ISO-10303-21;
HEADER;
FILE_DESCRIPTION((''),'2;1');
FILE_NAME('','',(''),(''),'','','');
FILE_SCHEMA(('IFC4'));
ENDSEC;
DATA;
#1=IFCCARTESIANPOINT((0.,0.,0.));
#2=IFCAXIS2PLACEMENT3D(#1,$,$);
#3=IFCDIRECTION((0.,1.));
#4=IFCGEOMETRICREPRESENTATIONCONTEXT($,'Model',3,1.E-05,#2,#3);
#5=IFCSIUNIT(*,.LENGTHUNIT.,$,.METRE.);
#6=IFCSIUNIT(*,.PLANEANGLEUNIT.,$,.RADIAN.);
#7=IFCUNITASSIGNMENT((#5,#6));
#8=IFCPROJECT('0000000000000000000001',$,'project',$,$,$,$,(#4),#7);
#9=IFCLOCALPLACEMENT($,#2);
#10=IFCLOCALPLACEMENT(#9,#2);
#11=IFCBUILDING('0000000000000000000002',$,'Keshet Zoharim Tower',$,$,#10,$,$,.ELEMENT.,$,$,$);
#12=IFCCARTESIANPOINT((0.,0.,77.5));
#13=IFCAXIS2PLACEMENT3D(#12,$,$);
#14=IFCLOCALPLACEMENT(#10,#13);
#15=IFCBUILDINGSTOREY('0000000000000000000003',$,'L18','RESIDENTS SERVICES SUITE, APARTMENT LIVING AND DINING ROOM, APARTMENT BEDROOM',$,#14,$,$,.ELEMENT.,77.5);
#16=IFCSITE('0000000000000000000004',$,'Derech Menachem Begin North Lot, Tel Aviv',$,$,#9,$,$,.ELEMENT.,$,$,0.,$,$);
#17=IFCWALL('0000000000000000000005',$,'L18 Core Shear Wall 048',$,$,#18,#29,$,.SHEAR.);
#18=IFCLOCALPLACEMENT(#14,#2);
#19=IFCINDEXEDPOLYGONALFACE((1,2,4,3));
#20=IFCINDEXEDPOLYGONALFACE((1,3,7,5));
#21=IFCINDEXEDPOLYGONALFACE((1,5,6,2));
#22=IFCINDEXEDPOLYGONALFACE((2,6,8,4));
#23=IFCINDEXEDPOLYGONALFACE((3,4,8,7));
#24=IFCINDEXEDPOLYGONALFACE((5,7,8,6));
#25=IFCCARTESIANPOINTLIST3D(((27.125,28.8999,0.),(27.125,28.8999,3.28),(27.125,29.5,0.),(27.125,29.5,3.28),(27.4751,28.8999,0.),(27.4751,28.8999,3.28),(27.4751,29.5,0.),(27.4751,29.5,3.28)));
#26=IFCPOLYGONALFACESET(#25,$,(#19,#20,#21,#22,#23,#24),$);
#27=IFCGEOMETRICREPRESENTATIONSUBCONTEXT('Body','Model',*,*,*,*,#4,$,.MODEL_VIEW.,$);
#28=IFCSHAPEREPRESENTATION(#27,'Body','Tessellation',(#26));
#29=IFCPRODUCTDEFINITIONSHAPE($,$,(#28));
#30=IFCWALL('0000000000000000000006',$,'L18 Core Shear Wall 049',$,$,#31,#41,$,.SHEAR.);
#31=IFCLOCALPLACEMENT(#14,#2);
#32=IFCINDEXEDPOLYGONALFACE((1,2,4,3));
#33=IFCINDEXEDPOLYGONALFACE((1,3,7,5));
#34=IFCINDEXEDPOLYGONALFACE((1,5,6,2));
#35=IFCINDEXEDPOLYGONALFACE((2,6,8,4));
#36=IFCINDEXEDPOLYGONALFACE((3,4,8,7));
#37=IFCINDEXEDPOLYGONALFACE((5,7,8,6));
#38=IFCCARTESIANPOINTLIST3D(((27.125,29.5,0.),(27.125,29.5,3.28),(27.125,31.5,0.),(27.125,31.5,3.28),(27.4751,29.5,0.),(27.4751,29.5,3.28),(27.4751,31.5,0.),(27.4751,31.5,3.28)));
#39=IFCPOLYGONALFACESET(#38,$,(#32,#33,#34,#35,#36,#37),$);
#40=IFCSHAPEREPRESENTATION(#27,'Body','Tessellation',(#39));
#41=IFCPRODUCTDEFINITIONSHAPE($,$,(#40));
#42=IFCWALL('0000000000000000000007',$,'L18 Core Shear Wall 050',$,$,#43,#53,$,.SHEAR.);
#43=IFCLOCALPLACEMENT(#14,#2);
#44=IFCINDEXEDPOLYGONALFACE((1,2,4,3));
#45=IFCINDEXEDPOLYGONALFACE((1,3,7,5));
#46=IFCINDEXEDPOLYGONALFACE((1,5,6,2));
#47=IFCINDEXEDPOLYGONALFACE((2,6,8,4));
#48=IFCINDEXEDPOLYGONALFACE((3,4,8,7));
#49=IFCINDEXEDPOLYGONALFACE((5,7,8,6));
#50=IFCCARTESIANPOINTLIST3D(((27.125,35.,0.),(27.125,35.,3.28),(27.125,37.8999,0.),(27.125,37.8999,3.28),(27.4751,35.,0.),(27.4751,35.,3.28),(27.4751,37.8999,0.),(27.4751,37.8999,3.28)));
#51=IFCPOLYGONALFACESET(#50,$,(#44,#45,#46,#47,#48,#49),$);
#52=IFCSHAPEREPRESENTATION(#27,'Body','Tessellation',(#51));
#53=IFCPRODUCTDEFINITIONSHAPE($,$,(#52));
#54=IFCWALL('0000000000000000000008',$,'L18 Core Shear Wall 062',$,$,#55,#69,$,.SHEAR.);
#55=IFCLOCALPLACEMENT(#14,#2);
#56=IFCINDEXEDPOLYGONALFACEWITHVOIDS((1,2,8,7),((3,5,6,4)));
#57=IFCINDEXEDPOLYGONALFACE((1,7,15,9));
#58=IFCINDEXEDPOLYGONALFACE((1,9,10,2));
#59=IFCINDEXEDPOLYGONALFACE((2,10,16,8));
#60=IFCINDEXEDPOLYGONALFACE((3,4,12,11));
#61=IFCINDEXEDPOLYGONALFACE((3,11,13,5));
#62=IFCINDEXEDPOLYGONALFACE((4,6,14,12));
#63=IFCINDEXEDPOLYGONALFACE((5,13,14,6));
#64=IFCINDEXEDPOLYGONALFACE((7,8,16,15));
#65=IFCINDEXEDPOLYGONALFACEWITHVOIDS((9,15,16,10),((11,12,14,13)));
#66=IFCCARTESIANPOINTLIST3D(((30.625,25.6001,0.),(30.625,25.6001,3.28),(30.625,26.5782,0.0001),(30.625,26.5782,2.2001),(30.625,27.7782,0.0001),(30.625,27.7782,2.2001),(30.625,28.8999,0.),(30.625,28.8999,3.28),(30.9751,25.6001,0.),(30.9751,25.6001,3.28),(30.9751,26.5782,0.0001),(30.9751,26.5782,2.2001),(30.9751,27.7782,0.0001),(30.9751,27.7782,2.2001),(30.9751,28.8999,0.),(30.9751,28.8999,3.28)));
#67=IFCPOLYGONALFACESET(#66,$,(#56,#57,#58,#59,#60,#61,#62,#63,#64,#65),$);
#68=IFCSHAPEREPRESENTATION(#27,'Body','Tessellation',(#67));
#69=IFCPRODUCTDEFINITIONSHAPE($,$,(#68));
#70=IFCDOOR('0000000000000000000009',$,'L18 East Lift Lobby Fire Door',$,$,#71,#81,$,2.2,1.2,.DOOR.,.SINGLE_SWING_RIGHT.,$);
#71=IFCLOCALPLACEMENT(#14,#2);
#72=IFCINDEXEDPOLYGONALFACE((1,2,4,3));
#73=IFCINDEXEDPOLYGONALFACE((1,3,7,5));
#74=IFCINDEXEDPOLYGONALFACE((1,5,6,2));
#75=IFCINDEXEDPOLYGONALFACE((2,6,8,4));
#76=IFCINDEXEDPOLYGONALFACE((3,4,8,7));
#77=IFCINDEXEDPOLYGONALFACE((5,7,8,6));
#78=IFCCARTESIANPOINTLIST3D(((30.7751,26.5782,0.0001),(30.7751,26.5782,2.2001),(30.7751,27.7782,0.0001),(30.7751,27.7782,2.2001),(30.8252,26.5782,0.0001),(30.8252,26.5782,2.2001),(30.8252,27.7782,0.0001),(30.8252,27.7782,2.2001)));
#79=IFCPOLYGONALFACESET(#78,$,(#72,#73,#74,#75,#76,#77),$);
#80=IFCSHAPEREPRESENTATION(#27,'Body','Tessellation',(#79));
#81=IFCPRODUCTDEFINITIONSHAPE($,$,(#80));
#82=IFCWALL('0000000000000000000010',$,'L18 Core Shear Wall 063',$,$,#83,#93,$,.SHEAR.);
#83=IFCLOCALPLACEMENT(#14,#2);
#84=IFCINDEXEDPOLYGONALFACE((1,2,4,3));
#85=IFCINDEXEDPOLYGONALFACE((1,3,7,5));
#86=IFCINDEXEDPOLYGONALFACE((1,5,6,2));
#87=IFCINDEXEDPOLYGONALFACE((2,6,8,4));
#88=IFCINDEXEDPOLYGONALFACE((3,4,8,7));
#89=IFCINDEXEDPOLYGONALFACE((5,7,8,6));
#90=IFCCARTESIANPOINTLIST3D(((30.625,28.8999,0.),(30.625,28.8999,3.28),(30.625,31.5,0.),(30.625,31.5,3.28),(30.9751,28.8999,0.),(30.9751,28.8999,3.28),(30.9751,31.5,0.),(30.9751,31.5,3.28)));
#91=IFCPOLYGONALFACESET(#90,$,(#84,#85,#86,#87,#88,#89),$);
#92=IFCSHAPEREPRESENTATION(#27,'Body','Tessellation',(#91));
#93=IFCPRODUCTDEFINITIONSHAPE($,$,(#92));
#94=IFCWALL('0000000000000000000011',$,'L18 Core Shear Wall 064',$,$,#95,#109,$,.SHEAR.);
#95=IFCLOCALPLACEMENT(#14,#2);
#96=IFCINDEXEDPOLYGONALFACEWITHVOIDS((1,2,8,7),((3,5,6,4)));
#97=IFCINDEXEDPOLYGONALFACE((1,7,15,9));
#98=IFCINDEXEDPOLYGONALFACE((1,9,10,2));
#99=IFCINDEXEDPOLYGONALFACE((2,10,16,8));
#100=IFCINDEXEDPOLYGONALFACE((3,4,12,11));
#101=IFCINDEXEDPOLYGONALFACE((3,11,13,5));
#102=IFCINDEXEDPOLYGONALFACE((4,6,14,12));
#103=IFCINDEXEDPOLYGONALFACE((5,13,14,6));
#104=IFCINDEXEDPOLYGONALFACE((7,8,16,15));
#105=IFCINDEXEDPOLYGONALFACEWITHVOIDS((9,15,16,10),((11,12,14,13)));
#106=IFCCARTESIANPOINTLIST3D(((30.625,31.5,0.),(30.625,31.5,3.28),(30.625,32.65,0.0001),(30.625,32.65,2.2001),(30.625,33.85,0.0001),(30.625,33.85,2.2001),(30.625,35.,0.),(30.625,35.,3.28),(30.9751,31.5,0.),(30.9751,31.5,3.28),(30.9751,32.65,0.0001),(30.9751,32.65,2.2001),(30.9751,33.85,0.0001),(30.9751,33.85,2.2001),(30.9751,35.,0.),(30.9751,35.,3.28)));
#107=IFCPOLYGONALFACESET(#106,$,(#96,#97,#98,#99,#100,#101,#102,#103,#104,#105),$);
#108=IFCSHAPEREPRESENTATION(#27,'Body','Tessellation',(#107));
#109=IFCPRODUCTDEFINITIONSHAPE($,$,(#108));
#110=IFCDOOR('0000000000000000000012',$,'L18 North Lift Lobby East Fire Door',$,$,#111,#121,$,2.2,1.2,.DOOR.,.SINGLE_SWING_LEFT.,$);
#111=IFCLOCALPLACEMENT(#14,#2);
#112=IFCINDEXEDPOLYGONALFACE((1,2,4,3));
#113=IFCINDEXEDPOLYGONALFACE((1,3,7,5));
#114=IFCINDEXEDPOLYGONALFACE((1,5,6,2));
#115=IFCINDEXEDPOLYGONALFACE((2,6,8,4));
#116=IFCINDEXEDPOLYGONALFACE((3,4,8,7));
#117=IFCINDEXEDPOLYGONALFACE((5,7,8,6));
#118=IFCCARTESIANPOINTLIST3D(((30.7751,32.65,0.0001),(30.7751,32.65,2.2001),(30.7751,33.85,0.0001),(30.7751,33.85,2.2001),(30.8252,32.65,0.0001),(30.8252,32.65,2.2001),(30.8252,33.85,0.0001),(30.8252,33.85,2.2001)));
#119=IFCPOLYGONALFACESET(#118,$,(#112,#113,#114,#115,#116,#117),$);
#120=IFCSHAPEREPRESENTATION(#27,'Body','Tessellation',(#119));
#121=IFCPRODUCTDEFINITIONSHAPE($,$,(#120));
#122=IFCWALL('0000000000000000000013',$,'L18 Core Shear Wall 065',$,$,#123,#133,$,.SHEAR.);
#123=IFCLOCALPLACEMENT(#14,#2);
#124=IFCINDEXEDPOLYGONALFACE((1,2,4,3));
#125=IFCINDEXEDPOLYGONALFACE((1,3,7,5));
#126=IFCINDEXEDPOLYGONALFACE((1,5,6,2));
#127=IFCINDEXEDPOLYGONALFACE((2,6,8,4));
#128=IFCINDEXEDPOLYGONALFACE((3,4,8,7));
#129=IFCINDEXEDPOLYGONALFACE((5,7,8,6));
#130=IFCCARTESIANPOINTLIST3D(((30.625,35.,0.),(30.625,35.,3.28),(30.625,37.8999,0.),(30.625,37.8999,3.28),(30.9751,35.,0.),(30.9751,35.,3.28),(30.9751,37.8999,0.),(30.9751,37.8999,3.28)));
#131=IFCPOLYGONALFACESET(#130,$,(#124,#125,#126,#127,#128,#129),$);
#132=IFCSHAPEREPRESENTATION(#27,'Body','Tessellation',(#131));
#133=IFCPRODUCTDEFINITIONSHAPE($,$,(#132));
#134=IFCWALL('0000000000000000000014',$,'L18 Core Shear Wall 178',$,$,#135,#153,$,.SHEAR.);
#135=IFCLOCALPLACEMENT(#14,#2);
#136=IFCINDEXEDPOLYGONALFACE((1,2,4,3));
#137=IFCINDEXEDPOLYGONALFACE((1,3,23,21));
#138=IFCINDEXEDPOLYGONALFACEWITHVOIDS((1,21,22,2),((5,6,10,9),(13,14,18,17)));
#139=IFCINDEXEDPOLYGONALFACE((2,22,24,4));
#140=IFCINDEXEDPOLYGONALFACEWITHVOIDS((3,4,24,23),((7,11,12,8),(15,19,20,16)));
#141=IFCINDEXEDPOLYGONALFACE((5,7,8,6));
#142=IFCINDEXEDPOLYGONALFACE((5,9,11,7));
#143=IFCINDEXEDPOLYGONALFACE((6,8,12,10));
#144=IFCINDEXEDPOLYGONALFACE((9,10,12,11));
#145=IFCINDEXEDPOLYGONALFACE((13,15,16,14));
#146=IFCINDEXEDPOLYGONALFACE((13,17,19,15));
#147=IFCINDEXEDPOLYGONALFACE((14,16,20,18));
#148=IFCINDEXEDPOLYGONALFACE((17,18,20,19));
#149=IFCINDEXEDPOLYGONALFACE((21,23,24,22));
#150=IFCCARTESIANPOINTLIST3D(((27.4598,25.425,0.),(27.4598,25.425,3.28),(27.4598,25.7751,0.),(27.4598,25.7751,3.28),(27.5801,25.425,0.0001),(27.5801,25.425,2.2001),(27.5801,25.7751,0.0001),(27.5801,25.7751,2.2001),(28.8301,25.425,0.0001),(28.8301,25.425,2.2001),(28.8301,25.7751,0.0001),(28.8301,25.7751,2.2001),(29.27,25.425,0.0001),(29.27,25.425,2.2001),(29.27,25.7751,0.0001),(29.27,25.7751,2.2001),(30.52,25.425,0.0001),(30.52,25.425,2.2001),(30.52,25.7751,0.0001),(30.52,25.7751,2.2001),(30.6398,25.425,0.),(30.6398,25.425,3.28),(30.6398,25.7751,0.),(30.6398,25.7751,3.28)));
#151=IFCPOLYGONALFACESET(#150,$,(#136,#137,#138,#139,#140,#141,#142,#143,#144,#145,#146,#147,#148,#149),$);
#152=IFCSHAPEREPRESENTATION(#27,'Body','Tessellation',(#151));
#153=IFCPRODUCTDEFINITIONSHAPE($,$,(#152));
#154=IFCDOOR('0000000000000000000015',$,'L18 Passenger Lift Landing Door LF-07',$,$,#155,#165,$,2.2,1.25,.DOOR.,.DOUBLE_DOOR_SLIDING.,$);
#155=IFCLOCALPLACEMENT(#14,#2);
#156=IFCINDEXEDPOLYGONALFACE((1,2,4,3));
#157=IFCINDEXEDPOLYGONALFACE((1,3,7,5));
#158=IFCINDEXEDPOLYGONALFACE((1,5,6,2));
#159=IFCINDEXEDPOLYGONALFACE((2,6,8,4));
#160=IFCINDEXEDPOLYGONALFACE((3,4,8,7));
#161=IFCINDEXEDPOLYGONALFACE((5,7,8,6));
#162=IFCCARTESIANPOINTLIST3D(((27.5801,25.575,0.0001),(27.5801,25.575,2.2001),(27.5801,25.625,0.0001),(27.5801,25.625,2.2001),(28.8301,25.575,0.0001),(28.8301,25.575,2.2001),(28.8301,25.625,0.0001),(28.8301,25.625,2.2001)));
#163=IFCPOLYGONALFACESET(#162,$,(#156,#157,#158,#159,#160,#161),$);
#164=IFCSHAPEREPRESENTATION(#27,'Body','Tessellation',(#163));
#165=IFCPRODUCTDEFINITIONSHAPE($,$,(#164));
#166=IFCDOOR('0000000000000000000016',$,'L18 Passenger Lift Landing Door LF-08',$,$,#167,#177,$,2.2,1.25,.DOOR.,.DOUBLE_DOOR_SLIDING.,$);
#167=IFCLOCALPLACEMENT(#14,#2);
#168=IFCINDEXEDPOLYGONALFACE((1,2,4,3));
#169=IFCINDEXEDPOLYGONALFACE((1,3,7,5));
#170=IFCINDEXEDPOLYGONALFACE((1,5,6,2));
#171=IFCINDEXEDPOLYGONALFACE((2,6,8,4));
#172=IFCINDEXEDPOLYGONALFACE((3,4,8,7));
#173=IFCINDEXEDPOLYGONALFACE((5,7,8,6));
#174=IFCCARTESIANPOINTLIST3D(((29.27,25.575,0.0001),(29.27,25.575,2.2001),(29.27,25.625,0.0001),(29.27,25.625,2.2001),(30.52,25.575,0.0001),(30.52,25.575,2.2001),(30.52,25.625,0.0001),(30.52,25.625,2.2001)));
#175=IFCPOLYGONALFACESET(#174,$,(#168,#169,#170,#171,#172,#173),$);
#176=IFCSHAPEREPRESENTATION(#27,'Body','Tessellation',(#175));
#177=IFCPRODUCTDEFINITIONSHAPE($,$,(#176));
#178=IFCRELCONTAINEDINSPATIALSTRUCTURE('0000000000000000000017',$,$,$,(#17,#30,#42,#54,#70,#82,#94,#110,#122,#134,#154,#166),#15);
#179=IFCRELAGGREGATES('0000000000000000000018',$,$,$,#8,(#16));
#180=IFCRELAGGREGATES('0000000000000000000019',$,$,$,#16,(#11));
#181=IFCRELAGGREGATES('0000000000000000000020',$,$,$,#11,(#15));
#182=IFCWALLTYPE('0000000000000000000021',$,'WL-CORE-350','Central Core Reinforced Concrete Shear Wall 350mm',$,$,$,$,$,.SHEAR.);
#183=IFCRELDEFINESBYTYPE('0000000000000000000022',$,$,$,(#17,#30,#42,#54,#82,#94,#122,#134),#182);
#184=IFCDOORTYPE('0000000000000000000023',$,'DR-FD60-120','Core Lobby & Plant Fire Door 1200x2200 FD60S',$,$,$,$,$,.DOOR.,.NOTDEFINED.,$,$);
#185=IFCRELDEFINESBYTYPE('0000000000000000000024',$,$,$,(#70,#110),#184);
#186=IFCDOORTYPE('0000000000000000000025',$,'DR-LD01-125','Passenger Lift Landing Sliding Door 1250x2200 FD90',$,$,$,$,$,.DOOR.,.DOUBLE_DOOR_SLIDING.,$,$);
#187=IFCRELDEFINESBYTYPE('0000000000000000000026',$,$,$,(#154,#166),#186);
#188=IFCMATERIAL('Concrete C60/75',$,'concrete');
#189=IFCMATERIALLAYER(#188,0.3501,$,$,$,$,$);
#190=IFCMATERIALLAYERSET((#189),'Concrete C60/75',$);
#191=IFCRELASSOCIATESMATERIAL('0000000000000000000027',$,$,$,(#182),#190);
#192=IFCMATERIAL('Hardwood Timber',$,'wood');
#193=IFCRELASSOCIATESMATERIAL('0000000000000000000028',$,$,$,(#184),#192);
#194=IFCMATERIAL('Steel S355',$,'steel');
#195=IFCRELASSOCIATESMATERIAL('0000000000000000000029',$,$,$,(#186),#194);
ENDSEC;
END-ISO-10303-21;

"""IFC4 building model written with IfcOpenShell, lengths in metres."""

from ifc_helpers import new_model, si_unit, direction, frame, frame_2d, origin, place, context, subcontext, project, spatial, rectangle, extrude, material, layer, layer_set, type_object, element, fill, save


model = new_model("IFC4")

# Units and contexts
model_context = context("Model", 3, precision=1e-05, world=origin(), true_north=direction((0.0, 1.0)))
body_context = subcontext(model_context, "Body", "Model", "MODEL_VIEW")
ifc_project = project(units=[si_unit("LENGTHUNIT", "METRE"), si_unit("PLANEANGLEUNIT", "RADIAN")], contexts=[model_context])

# Site, building, storey
site_placement = place(None, origin())
site = spatial("IfcSite", under=ifc_project, at=site_placement, Name="Derech Menachem Begin North Lot, Tel Aviv", CompositionType="ELEMENT", RefElevation=0.0)
building_placement = place(site_placement, origin())
building = spatial("IfcBuilding", under=site, at=building_placement, Name="Keshet Zoharim Tower", CompositionType="ELEMENT")
storey_placement = place(building_placement, frame((0.0, 0.0, 77.5)))
storey = spatial("IfcBuildingStorey", under=building, at=storey_placement, Name="L18", Description="RESIDENTS SERVICES SUITE, APARTMENT LIVING AND DINING ROOM, APARTMENT BEDROOM", CompositionType="ELEMENT", Elevation=77.5)

# Shared definitions
ifc_material_1 = material(Name="Concrete C60/75", Category="concrete")

# Shared definitions
ifc_material_2 = material(Name="Steel S355", Category="steel")

# Walls
ifc_layer_1 = layer(ifc_material_1, 0.3501)
ifc_layer_set_1 = layer_set([ifc_layer_1], Name="Concrete C60/75")
wall_type_1 = type_object("IfcWallType", Name="WL-CORE-350", Description="Central Core Reinforced Concrete Shear Wall 350mm", PredefinedType="SHEAR", material=ifc_layer_set_1)
wall_1_placement = place(storey_placement, frame((27.3, 28.8999, 0.0), z_axis=(0.0, 0.0, 1.0), x_axis=(0.0, 1.0, 0.0)))
element("IfcWall", 1, at=wall_1_placement, inside=storey, type_object=wall_type_1, Name="L18 Core Shear Wall 048", PredefinedType="SHEAR", context=body_context, shape_type="SweptSolid", body=[
    extrude(rectangle(XDim=0.6001, YDim=0.3501, at=frame_2d((0.3, 0.0))), origin(), (0.0, 0.0, 1.0), 3.28),
])
wall_2_placement = place(storey_placement, frame((27.3, 29.5, 0.0), z_axis=(0.0, 0.0, 1.0), x_axis=(0.0, 1.0, 0.0)))
element("IfcWall", 2, at=wall_2_placement, inside=storey, type_object=wall_type_1, Name="L18 Core Shear Wall 049", PredefinedType="SHEAR", context=body_context, shape_type="SweptSolid", body=[
    extrude(rectangle(XDim=2.0, YDim=0.3501, at=frame_2d((1.0, 0.0))), origin(), (0.0, 0.0, 1.0), 3.28),
])
wall_3_placement = place(storey_placement, frame((27.3, 35.0, 0.0), z_axis=(0.0, 0.0, 1.0), x_axis=(0.0, 1.0, 0.0)))
element("IfcWall", 3, at=wall_3_placement, inside=storey, type_object=wall_type_1, Name="L18 Core Shear Wall 050", PredefinedType="SHEAR", context=body_context, shape_type="SweptSolid", body=[
    extrude(rectangle(XDim=2.8999, YDim=0.3501, at=frame_2d((1.45, 0.0))), origin(), (0.0, 0.0, 1.0), 3.28),
])

# Wall, opening, door
wall_4_placement = place(storey_placement, frame((30.8, 25.6001, 0.0), z_axis=(0.0, 0.0, 1.0), x_axis=(0.0, 1.0, 0.0)))
wall_4 = element("IfcWall", 4, at=wall_4_placement, inside=storey, type_object=wall_type_1, Name="L18 Core Shear Wall 062", PredefinedType="SHEAR", context=body_context, shape_type="SweptSolid", body=[
    extrude(rectangle(XDim=3.2998, YDim=0.3501, at=frame_2d((1.6499, 0.0))), origin(), (0.0, 0.0, 1.0), 3.28),
])
opening_1_placement = place(wall_4_placement, frame((0.978, 0.0, 0.0)))
opening_1 = element("IfcOpeningElement", 5, at=opening_1_placement, cuts=wall_4, PredefinedType="OPENING", context=body_context, shape_type="SweptSolid", body=[
    extrude(rectangle(XDim=1.2, YDim=2.2, at=frame_2d((0.6001, 1.1001))), frame((0.0, 0.1851, 0.0), z_axis=(0.0, -1.0, 0.0), x_axis=(1.0, 0.0, 0.0)), (0.0, 0.0, 1.0), 0.3701),
])
ifc_material_3 = material(Name="Hardwood Timber", Category="wood")
door_type_1 = type_object("IfcDoorType", Name="DR-FD60-120", Description="Core Lobby & Plant Fire Door 1200x2200 FD60S", OperationType="NOTDEFINED", PredefinedType="DOOR", material=ifc_material_3)
door_1_placement = place(opening_1_placement, origin())
door_1 = element("IfcDoor", 6, at=door_1_placement, inside=storey, type_object=door_type_1, Name="L18 East Lift Lobby Fire Door", OperationType="SINGLE_SWING_RIGHT", OverallHeight=2.2, OverallWidth=1.2, PredefinedType="DOOR", context=body_context, shape_type="SweptSolid", body=[
    extrude(rectangle(XDim=1.2, YDim=2.2, at=frame_2d((0.6001, 1.1001))), frame((0.0, 0.0249, 0.0), z_axis=(0.0, -1.0, 0.0), x_axis=(1.0, 0.0, 0.0)), (0.0, 0.0, 1.0), 0.05),
])
fill(opening_1, door_1)

# Wall
wall_5_placement = place(storey_placement, frame((30.8, 28.8999, 0.0), z_axis=(0.0, 0.0, 1.0), x_axis=(0.0, 1.0, 0.0)))
element("IfcWall", 7, at=wall_5_placement, inside=storey, type_object=wall_type_1, Name="L18 Core Shear Wall 063", PredefinedType="SHEAR", context=body_context, shape_type="SweptSolid", body=[
    extrude(rectangle(XDim=2.6001, YDim=0.3501, at=frame_2d((1.3, 0.0))), origin(), (0.0, 0.0, 1.0), 3.28),
])

# Wall, opening, door
wall_6_placement = place(storey_placement, frame((30.8, 31.5, 0.0), z_axis=(0.0, 0.0, 1.0), x_axis=(0.0, 1.0, 0.0)))
wall_6 = element("IfcWall", 8, at=wall_6_placement, inside=storey, type_object=wall_type_1, Name="L18 Core Shear Wall 064", PredefinedType="SHEAR", context=body_context, shape_type="SweptSolid", body=[
    extrude(rectangle(XDim=3.5, YDim=0.3501, at=frame_2d((1.75, 0.0))), origin(), (0.0, 0.0, 1.0), 3.28),
])
opening_2_placement = place(wall_6_placement, frame((1.1499, 0.0, 0.0)))
opening_2 = element("IfcOpeningElement", 9, at=opening_2_placement, cuts=wall_6, PredefinedType="OPENING", context=body_context, shape_type="SweptSolid", body=[
    extrude(rectangle(XDim=1.2, YDim=2.2, at=frame_2d((0.6001, 1.1001))), frame((0.0, 0.1851, 0.0), z_axis=(0.0, -1.0, 0.0), x_axis=(1.0, 0.0, 0.0)), (0.0, 0.0, 1.0), 0.3701),
])
door_2_placement = place(opening_2_placement, origin())
door_2 = element("IfcDoor", 10, at=door_2_placement, inside=storey, type_object=door_type_1, Name="L18 North Lift Lobby East Fire Door", OperationType="SINGLE_SWING_LEFT", OverallHeight=2.2, OverallWidth=1.2, PredefinedType="DOOR", context=body_context, shape_type="SweptSolid", body=[
    extrude(rectangle(XDim=1.2, YDim=2.2, at=frame_2d((0.6001, 1.1001))), frame((0.0, 0.0249, 0.0), z_axis=(0.0, -1.0, 0.0), x_axis=(1.0, 0.0, 0.0)), (0.0, 0.0, 1.0), 0.05),
])
fill(opening_2, door_2)

# Wall
wall_7_placement = place(storey_placement, frame((30.8, 35.0, 0.0), z_axis=(0.0, 0.0, 1.0), x_axis=(0.0, 1.0, 0.0)))
element("IfcWall", 11, at=wall_7_placement, inside=storey, type_object=wall_type_1, Name="L18 Core Shear Wall 065", PredefinedType="SHEAR", context=body_context, shape_type="SweptSolid", body=[
    extrude(rectangle(XDim=2.8999, YDim=0.3501, at=frame_2d((1.45, 0.0))), origin(), (0.0, 0.0, 1.0), 3.28),
])

# Wall, openings, doors
wall_8_placement = place(storey_placement, frame((27.46, 25.6001, 0.0), z_axis=(0.0, 0.0, 1.0), x_axis=(1.0, 0.0, 0.0)))
wall_8 = element("IfcWall", 12, at=wall_8_placement, inside=storey, type_object=wall_type_1, Name="L18 Core Shear Wall 178", PredefinedType="SHEAR", context=body_context, shape_type="SweptSolid", body=[
    extrude(rectangle(XDim=3.1799, YDim=0.3501, at=frame_2d((1.5898, 0.0))), origin(), (0.0, 0.0, 1.0), 3.28),
])
opening_3_placement = place(wall_8_placement, frame((0.1201, 0.0, 0.0)))
opening_3 = element("IfcOpeningElement", 13, at=opening_3_placement, cuts=wall_8, PredefinedType="OPENING", context=body_context, shape_type="SweptSolid", body=[
    extrude(rectangle(XDim=1.25, YDim=2.2, at=frame_2d((0.625, 1.1001))), frame((0.0, 0.1851, 0.0), z_axis=(0.0, -1.0, 0.0), x_axis=(1.0, 0.0, 0.0)), (0.0, 0.0, 1.0), 0.3701),
])
opening_4_placement = place(wall_8_placement, frame((1.8101, 0.0, 0.0)))
opening_4 = element("IfcOpeningElement", 14, at=opening_4_placement, cuts=wall_8, PredefinedType="OPENING", context=body_context, shape_type="SweptSolid", body=[
    extrude(rectangle(XDim=1.25, YDim=2.2, at=frame_2d((0.625, 1.1001))), frame((0.0, 0.1851, 0.0), z_axis=(0.0, -1.0, 0.0), x_axis=(1.0, 0.0, 0.0)), (0.0, 0.0, 1.0), 0.3701),
])
door_type_2 = type_object("IfcDoorType", Name="DR-LD01-125", Description="Passenger Lift Landing Sliding Door 1250x2200 FD90", OperationType="DOUBLE_DOOR_SLIDING", PredefinedType="DOOR", material=ifc_material_2)
door_3_placement = place(opening_3_placement, origin())
door_3 = element("IfcDoor", 15, at=door_3_placement, inside=storey, type_object=door_type_2, Name="L18 Passenger Lift Landing Door LF-07", OperationType="DOUBLE_DOOR_SLIDING", OverallHeight=2.2, OverallWidth=1.25, PredefinedType="DOOR", context=body_context, shape_type="SweptSolid", body=[
    extrude(rectangle(XDim=1.25, YDim=2.2, at=frame_2d((0.625, 1.1001))), frame((0.0, 0.0249, 0.0), z_axis=(0.0, -1.0, 0.0), x_axis=(1.0, 0.0, 0.0)), (0.0, 0.0, 1.0), 0.05),
])
fill(opening_3, door_3)
door_4_placement = place(opening_4_placement, origin())
door_4 = element("IfcDoor", 16, at=door_4_placement, inside=storey, type_object=door_type_2, Name="L18 Passenger Lift Landing Door LF-08", OperationType="DOUBLE_DOOR_SLIDING", OverallHeight=2.2, OverallWidth=1.25, PredefinedType="DOOR", context=body_context, shape_type="SweptSolid", body=[
    extrude(rectangle(XDim=1.25, YDim=2.2, at=frame_2d((0.625, 1.1001))), frame((0.0, 0.0249, 0.0), z_axis=(0.0, -1.0, 0.0), x_axis=(1.0, 0.0, 0.0)), (0.0, 0.0, 1.0), 0.05),
])
fill(opening_4, door_4)

save(model, "model.ifc")
